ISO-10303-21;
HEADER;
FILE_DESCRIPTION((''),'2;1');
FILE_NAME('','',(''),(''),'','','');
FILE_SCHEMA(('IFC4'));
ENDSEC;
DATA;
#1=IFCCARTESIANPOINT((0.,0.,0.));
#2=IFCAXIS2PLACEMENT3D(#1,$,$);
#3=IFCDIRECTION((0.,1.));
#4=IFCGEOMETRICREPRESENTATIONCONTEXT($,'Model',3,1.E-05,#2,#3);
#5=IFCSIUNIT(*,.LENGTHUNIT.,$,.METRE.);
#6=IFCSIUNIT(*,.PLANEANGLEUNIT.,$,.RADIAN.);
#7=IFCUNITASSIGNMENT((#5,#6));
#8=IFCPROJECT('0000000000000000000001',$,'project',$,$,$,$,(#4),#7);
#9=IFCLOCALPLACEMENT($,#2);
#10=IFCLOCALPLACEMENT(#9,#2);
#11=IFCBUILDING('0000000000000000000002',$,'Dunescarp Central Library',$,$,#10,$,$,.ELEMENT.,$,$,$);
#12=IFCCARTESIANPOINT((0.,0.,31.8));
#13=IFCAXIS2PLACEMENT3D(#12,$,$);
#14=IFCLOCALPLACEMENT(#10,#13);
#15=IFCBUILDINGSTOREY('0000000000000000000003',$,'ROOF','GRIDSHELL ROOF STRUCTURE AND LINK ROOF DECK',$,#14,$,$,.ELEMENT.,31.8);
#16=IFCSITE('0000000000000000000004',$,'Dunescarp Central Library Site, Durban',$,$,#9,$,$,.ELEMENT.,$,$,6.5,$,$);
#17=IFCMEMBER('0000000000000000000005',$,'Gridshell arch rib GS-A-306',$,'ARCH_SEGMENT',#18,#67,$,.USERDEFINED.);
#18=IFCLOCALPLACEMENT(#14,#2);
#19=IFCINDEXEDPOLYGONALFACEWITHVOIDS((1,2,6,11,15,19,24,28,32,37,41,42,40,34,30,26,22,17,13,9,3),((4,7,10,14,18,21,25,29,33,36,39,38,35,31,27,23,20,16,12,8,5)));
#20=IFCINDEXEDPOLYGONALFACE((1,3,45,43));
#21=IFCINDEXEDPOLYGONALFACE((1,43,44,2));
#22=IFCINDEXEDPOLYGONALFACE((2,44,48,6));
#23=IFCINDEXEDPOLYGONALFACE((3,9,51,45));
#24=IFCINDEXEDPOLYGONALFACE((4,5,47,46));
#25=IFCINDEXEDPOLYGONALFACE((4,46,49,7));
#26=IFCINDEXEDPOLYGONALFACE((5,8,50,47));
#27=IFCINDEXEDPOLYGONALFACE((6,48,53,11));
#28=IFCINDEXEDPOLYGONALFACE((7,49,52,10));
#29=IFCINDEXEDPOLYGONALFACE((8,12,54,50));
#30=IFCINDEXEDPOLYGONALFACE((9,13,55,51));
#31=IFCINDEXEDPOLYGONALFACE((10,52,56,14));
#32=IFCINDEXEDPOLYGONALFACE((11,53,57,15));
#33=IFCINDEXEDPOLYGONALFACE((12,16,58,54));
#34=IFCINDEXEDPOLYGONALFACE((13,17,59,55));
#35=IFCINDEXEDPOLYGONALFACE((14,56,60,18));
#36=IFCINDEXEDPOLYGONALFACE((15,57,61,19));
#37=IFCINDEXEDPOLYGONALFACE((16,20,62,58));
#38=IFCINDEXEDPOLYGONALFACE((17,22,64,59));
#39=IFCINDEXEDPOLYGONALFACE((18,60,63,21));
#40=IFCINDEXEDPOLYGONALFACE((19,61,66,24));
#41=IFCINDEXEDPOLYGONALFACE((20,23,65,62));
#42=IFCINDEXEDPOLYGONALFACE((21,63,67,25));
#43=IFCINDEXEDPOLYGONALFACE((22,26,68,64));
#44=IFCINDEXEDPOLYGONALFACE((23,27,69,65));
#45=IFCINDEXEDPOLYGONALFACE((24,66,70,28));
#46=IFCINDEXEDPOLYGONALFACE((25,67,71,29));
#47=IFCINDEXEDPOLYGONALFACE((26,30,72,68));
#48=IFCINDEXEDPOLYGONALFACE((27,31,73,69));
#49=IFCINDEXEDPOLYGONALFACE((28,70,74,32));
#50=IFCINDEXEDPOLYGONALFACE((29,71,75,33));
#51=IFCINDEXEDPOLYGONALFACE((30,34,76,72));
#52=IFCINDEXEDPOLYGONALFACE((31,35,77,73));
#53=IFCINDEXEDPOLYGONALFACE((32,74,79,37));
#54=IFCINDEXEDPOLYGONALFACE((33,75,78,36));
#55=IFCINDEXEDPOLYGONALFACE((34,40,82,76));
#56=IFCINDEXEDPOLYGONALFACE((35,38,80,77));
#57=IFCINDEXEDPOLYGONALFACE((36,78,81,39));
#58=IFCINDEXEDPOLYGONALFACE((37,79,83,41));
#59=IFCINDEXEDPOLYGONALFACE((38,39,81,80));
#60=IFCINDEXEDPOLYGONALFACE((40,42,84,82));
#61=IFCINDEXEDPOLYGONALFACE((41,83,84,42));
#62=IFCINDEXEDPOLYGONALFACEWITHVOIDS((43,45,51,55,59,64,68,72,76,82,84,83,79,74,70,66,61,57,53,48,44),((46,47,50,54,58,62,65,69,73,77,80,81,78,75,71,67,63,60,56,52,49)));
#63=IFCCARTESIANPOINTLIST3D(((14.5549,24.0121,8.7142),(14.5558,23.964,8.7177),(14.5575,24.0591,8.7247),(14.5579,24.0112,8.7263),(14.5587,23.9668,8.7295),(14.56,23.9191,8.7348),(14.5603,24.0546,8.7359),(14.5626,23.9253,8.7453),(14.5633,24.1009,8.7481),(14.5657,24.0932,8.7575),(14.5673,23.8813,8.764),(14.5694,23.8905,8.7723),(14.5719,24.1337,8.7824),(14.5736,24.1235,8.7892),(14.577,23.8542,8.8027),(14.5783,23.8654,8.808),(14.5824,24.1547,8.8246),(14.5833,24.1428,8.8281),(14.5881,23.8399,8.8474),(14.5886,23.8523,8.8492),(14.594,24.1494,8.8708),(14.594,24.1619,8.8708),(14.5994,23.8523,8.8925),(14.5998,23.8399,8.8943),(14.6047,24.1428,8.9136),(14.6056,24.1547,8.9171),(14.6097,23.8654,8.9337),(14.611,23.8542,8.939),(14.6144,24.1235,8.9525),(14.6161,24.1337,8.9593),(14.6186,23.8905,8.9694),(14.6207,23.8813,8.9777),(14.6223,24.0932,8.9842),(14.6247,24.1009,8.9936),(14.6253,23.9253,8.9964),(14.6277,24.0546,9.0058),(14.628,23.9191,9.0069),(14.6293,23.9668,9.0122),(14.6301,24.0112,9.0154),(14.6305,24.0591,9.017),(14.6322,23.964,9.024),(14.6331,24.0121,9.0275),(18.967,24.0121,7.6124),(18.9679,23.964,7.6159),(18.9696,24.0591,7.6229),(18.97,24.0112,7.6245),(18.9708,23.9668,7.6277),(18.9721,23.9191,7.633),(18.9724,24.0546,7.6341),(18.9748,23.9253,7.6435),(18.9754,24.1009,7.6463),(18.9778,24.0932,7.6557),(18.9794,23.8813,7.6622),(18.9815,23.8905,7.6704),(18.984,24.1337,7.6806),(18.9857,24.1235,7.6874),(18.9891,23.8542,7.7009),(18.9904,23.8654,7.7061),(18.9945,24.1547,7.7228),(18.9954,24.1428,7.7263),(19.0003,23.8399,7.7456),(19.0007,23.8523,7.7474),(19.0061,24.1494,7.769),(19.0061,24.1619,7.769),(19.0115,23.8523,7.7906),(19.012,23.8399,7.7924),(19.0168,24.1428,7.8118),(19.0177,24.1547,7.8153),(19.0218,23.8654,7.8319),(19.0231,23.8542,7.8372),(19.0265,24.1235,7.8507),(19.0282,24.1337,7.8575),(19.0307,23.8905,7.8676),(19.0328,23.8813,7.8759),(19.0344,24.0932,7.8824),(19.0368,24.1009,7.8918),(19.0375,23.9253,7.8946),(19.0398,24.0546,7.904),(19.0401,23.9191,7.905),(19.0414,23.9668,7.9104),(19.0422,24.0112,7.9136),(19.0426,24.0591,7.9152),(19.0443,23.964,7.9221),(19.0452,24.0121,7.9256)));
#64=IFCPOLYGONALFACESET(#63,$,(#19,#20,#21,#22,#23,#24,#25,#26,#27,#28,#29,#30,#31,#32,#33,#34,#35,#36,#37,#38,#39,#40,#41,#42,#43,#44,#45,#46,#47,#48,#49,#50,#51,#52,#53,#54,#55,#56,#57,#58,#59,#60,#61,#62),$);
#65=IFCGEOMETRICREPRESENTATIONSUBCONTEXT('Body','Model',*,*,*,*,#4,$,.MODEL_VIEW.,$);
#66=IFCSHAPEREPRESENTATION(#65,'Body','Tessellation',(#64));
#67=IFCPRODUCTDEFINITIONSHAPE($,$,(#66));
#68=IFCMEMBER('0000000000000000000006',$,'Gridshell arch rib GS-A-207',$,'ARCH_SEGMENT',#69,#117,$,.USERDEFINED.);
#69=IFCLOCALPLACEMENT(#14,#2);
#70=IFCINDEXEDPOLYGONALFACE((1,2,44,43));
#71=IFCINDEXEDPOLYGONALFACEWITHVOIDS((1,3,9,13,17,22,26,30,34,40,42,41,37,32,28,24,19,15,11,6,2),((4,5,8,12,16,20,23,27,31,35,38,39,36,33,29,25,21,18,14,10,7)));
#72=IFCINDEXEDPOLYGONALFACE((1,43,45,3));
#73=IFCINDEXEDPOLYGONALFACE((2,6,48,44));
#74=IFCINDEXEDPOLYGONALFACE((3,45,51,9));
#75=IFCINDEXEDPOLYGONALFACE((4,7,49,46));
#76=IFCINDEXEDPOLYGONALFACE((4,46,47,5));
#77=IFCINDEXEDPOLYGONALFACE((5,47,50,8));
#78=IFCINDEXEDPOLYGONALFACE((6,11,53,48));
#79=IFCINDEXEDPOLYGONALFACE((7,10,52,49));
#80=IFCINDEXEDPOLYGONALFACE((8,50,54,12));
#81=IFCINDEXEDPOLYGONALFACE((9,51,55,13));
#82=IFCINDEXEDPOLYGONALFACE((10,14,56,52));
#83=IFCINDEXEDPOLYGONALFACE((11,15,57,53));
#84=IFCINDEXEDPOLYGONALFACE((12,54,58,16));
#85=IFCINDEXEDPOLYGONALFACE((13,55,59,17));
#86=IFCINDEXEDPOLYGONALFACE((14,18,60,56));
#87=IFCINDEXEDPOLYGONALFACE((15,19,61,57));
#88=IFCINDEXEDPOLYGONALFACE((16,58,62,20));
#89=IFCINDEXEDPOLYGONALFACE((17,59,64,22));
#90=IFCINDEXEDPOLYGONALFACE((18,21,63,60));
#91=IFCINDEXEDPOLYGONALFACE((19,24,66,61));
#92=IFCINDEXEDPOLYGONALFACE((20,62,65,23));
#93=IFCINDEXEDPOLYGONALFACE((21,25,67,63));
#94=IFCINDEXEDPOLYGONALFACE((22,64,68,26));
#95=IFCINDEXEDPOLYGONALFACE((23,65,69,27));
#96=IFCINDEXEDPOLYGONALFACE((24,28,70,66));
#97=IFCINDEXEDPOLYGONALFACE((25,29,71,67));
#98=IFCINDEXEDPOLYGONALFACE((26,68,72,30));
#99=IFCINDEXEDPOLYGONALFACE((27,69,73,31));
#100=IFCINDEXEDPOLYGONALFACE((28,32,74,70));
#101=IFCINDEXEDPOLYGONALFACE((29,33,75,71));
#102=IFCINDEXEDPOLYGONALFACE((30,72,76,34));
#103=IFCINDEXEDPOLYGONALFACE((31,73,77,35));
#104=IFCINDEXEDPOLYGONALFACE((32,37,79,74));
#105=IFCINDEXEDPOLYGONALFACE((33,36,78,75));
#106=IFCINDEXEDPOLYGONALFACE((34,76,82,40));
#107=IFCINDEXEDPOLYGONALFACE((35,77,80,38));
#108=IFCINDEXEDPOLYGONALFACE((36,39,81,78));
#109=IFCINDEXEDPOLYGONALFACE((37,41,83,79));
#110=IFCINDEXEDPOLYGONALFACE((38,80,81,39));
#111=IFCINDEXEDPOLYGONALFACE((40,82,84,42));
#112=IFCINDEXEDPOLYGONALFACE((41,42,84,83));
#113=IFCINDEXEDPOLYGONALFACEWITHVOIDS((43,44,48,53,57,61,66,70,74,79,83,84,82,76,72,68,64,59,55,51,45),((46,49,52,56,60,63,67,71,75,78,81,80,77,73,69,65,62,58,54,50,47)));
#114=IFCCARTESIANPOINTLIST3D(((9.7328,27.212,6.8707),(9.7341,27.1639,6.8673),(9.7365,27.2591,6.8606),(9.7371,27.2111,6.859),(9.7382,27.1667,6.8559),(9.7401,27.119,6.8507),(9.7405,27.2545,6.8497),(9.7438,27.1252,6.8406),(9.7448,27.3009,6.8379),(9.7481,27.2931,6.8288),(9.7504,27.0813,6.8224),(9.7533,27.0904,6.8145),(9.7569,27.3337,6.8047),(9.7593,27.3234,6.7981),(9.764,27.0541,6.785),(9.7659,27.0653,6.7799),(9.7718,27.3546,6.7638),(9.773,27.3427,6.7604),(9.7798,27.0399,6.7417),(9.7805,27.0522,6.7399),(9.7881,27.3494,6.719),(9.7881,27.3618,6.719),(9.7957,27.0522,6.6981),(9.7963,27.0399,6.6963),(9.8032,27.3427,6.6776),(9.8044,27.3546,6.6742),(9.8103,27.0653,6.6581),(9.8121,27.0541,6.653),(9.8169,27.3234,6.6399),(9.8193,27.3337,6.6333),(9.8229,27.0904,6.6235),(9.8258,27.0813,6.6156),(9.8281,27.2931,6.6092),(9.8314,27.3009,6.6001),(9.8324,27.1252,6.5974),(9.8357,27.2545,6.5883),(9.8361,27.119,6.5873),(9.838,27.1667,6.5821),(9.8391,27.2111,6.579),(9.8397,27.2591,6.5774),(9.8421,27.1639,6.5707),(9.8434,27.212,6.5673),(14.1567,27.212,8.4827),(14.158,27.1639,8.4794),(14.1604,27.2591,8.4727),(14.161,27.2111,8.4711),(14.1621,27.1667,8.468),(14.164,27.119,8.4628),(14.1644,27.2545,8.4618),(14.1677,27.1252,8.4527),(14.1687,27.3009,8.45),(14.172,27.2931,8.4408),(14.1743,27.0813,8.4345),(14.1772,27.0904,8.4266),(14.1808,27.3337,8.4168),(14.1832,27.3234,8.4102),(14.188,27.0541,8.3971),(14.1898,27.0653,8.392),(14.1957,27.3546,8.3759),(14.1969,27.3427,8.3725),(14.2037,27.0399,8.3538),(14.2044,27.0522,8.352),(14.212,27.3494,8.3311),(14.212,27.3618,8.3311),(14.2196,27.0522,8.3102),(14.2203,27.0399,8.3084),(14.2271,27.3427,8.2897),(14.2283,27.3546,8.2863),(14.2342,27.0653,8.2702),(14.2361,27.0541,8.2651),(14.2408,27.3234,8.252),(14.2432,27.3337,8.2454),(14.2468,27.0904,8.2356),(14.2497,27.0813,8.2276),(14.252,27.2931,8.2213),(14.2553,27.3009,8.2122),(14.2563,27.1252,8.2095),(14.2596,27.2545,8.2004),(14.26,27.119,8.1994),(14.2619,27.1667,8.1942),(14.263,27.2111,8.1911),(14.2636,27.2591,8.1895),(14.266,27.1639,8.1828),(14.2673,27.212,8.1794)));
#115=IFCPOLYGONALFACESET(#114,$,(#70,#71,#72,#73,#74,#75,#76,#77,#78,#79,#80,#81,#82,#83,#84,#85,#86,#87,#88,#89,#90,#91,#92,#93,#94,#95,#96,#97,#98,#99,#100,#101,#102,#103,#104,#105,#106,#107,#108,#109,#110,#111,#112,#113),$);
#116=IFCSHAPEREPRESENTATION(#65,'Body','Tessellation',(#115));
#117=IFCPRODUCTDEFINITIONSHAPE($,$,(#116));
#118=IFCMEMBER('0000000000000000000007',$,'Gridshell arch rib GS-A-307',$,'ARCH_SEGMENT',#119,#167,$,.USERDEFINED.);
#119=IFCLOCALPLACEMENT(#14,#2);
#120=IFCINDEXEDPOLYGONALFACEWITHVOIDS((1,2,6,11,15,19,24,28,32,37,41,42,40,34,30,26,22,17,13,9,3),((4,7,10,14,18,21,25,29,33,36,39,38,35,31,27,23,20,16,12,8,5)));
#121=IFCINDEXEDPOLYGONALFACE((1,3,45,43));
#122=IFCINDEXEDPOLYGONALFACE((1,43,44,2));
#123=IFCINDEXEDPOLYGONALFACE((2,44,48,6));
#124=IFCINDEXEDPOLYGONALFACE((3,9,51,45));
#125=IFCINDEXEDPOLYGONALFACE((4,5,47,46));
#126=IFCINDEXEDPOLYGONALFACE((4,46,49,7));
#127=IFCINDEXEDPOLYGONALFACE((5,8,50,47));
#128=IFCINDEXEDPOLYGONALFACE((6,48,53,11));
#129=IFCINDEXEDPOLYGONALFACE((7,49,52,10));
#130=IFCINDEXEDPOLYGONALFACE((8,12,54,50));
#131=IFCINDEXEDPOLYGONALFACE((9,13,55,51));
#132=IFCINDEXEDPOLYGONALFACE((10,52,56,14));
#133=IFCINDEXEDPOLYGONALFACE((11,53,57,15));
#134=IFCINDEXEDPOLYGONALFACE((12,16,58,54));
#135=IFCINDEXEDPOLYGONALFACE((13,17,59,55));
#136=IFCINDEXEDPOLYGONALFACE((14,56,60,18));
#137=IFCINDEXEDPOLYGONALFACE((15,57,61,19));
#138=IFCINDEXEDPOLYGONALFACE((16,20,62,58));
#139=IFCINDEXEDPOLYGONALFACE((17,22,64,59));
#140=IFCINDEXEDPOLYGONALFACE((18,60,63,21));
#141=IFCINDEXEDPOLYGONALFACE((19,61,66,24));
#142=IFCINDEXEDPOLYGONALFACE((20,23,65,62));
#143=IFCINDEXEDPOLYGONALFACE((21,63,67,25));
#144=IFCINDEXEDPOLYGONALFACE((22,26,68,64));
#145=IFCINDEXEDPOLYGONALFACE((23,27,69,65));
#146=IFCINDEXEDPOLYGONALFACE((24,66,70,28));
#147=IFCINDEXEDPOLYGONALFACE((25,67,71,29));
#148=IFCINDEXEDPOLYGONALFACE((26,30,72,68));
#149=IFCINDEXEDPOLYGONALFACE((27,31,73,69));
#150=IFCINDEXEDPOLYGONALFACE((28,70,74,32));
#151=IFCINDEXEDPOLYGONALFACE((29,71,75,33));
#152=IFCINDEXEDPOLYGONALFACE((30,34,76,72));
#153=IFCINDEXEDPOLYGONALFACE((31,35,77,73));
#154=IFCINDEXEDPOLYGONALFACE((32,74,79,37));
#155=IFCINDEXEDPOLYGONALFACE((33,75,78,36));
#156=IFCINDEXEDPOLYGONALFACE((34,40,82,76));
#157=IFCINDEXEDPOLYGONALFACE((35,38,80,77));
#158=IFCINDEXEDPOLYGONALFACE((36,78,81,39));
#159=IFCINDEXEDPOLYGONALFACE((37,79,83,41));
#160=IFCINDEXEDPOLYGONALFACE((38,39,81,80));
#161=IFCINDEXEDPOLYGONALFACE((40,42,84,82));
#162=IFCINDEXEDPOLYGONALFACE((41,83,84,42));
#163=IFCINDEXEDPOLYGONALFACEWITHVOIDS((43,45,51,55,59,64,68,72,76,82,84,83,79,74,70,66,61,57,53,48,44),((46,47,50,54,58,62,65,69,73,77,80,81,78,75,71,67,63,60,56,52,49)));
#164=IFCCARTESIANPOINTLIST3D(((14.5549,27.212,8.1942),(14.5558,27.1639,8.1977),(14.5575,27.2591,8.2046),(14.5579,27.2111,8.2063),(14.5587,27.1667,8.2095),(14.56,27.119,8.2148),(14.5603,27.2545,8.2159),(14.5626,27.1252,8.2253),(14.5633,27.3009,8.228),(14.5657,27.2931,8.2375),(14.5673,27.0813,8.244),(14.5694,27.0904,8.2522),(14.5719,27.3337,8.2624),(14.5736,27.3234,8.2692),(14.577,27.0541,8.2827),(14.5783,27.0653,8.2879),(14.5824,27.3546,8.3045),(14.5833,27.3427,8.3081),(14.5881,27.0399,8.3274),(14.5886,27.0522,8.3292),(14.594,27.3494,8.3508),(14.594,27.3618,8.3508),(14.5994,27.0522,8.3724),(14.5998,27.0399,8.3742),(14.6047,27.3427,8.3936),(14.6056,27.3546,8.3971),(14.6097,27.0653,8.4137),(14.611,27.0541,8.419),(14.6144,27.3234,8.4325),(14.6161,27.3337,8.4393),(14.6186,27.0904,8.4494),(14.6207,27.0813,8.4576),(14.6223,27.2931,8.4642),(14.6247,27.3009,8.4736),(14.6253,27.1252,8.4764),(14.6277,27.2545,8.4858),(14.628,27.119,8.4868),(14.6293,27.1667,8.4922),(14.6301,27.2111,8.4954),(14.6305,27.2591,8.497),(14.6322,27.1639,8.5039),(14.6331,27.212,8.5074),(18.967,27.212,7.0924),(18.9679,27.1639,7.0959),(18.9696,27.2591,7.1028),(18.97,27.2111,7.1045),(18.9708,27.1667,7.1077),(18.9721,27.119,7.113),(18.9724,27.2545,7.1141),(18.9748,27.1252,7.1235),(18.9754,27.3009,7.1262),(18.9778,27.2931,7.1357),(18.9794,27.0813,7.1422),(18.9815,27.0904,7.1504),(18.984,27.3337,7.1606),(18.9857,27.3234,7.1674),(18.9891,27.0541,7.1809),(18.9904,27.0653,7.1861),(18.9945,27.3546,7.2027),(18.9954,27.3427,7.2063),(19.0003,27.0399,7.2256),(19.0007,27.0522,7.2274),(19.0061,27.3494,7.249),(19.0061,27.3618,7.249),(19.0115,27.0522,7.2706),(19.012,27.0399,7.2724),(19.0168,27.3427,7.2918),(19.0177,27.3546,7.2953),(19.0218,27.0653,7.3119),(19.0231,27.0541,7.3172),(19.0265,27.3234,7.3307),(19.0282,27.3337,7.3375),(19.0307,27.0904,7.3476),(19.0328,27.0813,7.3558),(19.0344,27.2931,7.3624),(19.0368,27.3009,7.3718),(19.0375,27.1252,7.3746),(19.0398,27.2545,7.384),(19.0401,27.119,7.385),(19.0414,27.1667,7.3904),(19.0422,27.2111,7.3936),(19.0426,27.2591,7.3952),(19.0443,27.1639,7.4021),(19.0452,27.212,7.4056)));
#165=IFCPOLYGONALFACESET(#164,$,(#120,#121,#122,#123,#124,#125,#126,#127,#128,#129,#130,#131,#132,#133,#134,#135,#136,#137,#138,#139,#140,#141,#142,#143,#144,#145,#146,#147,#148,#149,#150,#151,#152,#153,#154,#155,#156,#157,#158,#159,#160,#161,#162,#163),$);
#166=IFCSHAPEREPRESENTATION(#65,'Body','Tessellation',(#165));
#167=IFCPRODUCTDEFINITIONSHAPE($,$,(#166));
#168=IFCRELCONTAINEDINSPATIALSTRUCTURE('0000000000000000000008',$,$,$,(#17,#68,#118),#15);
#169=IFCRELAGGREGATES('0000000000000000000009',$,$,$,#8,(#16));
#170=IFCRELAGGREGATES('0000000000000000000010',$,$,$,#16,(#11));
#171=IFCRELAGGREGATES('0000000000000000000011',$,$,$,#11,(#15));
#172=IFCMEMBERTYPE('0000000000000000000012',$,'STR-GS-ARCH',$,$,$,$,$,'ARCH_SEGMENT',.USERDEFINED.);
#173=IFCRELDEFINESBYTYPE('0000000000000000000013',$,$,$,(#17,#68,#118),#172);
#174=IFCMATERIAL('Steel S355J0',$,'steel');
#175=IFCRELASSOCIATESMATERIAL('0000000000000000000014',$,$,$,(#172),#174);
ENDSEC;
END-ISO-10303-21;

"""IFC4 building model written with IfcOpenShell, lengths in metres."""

from ifc_helpers import new_model, si_unit, direction, frame, origin, origin_2d, place, context, subcontext, project, spatial, hollow_circle, extrude, material, material_profile, profile_set, type_object, element, save


model = new_model("IFC4")

# Units and contexts
model_context = context("Model", 3, precision=1e-05, world=origin(), true_north=direction((0.0, 1.0)))
body_context = subcontext(model_context, "Body", "Model", "MODEL_VIEW")
ifc_project = project(units=[si_unit("LENGTHUNIT", "METRE"), si_unit("PLANEANGLEUNIT", "RADIAN")], contexts=[model_context])

# Site, building, storey
site_placement = place(None, origin())
site = spatial("IfcSite", under=ifc_project, at=site_placement, Name="Dunescarp Central Library Site, Durban", CompositionType="ELEMENT", RefElevation=6.5)
building_placement = place(site_placement, origin())
building = spatial("IfcBuilding", under=site, at=building_placement, Name="Dunescarp Central Library", CompositionType="ELEMENT")
storey_placement = place(building_placement, frame((0.0, 0.0, 31.8)))
storey = spatial("IfcBuildingStorey", under=building, at=storey_placement, Name="ROOF", Description="GRIDSHELL ROOF STRUCTURE AND LINK ROOF DECK", CompositionType="ELEMENT", Elevation=31.8)

# Members
ifc_material_1 = material(Name="Steel S355J0", Category="steel")
ifc_material_profile_1 = material_profile(ifc_material_1, hollow_circle(Radius=0.1619, WallThickness=0.0125, at=origin_2d()), Name="CHS 323.9x12.5")
ifc_profile_set_1 = profile_set([ifc_material_profile_1], Name="Steel S355J0")
member_type_1 = type_object("IfcMemberType", Name="STR-GS-ARCH", ElementType="ARCH_SEGMENT", PredefinedType="USERDEFINED", material=ifc_profile_set_1)
member_1_placement = place(storey_placement, frame((14.594, 24.0, 8.8708), z_axis=(0.970206, 0.0, -0.242283), x_axis=(0.0, 1.0, 0.0)))
element("IfcMember", 1, at=member_1_placement, inside=storey, type_object=member_type_1, Name="Gridshell arch rib GS-A-306", ObjectType="ARCH_SEGMENT", PredefinedType="USERDEFINED", context=body_context, shape_type="SweptSolid", body=[
    extrude(hollow_circle(Radius=0.1619, WallThickness=0.0125, at=origin_2d()), origin(), (0.0, 0.0, 1.0), 4.5476),
])
member_2_placement = place(storey_placement, frame((9.7881, 27.2, 6.719), z_axis=(0.939562, 0.0, 0.34238), x_axis=(0.0, 1.0, 0.0)))
element("IfcMember", 2, at=member_2_placement, inside=storey, type_object=member_type_1, Name="Gridshell arch rib GS-A-207", ObjectType="ARCH_SEGMENT", PredefinedType="USERDEFINED", context=body_context, shape_type="SweptSolid", body=[
    extrude(hollow_circle(Radius=0.1619, WallThickness=0.0125, at=origin_2d()), origin(), (0.0, 0.0, 1.0), 4.7085),
])
member_3_placement = place(storey_placement, frame((14.594, 27.2, 8.3508), z_axis=(0.970206, 0.0, -0.242283), x_axis=(0.0, 1.0, 0.0)))
element("IfcMember", 3, at=member_3_placement, inside=storey, type_object=member_type_1, Name="Gridshell arch rib GS-A-307", ObjectType="ARCH_SEGMENT", PredefinedType="USERDEFINED", context=body_context, shape_type="SweptSolid", body=[
    extrude(hollow_circle(Radius=0.1619, WallThickness=0.0125, at=origin_2d()), origin(), (0.0, 0.0, 1.0), 4.5476),
])

save(model, "model.ifc")
